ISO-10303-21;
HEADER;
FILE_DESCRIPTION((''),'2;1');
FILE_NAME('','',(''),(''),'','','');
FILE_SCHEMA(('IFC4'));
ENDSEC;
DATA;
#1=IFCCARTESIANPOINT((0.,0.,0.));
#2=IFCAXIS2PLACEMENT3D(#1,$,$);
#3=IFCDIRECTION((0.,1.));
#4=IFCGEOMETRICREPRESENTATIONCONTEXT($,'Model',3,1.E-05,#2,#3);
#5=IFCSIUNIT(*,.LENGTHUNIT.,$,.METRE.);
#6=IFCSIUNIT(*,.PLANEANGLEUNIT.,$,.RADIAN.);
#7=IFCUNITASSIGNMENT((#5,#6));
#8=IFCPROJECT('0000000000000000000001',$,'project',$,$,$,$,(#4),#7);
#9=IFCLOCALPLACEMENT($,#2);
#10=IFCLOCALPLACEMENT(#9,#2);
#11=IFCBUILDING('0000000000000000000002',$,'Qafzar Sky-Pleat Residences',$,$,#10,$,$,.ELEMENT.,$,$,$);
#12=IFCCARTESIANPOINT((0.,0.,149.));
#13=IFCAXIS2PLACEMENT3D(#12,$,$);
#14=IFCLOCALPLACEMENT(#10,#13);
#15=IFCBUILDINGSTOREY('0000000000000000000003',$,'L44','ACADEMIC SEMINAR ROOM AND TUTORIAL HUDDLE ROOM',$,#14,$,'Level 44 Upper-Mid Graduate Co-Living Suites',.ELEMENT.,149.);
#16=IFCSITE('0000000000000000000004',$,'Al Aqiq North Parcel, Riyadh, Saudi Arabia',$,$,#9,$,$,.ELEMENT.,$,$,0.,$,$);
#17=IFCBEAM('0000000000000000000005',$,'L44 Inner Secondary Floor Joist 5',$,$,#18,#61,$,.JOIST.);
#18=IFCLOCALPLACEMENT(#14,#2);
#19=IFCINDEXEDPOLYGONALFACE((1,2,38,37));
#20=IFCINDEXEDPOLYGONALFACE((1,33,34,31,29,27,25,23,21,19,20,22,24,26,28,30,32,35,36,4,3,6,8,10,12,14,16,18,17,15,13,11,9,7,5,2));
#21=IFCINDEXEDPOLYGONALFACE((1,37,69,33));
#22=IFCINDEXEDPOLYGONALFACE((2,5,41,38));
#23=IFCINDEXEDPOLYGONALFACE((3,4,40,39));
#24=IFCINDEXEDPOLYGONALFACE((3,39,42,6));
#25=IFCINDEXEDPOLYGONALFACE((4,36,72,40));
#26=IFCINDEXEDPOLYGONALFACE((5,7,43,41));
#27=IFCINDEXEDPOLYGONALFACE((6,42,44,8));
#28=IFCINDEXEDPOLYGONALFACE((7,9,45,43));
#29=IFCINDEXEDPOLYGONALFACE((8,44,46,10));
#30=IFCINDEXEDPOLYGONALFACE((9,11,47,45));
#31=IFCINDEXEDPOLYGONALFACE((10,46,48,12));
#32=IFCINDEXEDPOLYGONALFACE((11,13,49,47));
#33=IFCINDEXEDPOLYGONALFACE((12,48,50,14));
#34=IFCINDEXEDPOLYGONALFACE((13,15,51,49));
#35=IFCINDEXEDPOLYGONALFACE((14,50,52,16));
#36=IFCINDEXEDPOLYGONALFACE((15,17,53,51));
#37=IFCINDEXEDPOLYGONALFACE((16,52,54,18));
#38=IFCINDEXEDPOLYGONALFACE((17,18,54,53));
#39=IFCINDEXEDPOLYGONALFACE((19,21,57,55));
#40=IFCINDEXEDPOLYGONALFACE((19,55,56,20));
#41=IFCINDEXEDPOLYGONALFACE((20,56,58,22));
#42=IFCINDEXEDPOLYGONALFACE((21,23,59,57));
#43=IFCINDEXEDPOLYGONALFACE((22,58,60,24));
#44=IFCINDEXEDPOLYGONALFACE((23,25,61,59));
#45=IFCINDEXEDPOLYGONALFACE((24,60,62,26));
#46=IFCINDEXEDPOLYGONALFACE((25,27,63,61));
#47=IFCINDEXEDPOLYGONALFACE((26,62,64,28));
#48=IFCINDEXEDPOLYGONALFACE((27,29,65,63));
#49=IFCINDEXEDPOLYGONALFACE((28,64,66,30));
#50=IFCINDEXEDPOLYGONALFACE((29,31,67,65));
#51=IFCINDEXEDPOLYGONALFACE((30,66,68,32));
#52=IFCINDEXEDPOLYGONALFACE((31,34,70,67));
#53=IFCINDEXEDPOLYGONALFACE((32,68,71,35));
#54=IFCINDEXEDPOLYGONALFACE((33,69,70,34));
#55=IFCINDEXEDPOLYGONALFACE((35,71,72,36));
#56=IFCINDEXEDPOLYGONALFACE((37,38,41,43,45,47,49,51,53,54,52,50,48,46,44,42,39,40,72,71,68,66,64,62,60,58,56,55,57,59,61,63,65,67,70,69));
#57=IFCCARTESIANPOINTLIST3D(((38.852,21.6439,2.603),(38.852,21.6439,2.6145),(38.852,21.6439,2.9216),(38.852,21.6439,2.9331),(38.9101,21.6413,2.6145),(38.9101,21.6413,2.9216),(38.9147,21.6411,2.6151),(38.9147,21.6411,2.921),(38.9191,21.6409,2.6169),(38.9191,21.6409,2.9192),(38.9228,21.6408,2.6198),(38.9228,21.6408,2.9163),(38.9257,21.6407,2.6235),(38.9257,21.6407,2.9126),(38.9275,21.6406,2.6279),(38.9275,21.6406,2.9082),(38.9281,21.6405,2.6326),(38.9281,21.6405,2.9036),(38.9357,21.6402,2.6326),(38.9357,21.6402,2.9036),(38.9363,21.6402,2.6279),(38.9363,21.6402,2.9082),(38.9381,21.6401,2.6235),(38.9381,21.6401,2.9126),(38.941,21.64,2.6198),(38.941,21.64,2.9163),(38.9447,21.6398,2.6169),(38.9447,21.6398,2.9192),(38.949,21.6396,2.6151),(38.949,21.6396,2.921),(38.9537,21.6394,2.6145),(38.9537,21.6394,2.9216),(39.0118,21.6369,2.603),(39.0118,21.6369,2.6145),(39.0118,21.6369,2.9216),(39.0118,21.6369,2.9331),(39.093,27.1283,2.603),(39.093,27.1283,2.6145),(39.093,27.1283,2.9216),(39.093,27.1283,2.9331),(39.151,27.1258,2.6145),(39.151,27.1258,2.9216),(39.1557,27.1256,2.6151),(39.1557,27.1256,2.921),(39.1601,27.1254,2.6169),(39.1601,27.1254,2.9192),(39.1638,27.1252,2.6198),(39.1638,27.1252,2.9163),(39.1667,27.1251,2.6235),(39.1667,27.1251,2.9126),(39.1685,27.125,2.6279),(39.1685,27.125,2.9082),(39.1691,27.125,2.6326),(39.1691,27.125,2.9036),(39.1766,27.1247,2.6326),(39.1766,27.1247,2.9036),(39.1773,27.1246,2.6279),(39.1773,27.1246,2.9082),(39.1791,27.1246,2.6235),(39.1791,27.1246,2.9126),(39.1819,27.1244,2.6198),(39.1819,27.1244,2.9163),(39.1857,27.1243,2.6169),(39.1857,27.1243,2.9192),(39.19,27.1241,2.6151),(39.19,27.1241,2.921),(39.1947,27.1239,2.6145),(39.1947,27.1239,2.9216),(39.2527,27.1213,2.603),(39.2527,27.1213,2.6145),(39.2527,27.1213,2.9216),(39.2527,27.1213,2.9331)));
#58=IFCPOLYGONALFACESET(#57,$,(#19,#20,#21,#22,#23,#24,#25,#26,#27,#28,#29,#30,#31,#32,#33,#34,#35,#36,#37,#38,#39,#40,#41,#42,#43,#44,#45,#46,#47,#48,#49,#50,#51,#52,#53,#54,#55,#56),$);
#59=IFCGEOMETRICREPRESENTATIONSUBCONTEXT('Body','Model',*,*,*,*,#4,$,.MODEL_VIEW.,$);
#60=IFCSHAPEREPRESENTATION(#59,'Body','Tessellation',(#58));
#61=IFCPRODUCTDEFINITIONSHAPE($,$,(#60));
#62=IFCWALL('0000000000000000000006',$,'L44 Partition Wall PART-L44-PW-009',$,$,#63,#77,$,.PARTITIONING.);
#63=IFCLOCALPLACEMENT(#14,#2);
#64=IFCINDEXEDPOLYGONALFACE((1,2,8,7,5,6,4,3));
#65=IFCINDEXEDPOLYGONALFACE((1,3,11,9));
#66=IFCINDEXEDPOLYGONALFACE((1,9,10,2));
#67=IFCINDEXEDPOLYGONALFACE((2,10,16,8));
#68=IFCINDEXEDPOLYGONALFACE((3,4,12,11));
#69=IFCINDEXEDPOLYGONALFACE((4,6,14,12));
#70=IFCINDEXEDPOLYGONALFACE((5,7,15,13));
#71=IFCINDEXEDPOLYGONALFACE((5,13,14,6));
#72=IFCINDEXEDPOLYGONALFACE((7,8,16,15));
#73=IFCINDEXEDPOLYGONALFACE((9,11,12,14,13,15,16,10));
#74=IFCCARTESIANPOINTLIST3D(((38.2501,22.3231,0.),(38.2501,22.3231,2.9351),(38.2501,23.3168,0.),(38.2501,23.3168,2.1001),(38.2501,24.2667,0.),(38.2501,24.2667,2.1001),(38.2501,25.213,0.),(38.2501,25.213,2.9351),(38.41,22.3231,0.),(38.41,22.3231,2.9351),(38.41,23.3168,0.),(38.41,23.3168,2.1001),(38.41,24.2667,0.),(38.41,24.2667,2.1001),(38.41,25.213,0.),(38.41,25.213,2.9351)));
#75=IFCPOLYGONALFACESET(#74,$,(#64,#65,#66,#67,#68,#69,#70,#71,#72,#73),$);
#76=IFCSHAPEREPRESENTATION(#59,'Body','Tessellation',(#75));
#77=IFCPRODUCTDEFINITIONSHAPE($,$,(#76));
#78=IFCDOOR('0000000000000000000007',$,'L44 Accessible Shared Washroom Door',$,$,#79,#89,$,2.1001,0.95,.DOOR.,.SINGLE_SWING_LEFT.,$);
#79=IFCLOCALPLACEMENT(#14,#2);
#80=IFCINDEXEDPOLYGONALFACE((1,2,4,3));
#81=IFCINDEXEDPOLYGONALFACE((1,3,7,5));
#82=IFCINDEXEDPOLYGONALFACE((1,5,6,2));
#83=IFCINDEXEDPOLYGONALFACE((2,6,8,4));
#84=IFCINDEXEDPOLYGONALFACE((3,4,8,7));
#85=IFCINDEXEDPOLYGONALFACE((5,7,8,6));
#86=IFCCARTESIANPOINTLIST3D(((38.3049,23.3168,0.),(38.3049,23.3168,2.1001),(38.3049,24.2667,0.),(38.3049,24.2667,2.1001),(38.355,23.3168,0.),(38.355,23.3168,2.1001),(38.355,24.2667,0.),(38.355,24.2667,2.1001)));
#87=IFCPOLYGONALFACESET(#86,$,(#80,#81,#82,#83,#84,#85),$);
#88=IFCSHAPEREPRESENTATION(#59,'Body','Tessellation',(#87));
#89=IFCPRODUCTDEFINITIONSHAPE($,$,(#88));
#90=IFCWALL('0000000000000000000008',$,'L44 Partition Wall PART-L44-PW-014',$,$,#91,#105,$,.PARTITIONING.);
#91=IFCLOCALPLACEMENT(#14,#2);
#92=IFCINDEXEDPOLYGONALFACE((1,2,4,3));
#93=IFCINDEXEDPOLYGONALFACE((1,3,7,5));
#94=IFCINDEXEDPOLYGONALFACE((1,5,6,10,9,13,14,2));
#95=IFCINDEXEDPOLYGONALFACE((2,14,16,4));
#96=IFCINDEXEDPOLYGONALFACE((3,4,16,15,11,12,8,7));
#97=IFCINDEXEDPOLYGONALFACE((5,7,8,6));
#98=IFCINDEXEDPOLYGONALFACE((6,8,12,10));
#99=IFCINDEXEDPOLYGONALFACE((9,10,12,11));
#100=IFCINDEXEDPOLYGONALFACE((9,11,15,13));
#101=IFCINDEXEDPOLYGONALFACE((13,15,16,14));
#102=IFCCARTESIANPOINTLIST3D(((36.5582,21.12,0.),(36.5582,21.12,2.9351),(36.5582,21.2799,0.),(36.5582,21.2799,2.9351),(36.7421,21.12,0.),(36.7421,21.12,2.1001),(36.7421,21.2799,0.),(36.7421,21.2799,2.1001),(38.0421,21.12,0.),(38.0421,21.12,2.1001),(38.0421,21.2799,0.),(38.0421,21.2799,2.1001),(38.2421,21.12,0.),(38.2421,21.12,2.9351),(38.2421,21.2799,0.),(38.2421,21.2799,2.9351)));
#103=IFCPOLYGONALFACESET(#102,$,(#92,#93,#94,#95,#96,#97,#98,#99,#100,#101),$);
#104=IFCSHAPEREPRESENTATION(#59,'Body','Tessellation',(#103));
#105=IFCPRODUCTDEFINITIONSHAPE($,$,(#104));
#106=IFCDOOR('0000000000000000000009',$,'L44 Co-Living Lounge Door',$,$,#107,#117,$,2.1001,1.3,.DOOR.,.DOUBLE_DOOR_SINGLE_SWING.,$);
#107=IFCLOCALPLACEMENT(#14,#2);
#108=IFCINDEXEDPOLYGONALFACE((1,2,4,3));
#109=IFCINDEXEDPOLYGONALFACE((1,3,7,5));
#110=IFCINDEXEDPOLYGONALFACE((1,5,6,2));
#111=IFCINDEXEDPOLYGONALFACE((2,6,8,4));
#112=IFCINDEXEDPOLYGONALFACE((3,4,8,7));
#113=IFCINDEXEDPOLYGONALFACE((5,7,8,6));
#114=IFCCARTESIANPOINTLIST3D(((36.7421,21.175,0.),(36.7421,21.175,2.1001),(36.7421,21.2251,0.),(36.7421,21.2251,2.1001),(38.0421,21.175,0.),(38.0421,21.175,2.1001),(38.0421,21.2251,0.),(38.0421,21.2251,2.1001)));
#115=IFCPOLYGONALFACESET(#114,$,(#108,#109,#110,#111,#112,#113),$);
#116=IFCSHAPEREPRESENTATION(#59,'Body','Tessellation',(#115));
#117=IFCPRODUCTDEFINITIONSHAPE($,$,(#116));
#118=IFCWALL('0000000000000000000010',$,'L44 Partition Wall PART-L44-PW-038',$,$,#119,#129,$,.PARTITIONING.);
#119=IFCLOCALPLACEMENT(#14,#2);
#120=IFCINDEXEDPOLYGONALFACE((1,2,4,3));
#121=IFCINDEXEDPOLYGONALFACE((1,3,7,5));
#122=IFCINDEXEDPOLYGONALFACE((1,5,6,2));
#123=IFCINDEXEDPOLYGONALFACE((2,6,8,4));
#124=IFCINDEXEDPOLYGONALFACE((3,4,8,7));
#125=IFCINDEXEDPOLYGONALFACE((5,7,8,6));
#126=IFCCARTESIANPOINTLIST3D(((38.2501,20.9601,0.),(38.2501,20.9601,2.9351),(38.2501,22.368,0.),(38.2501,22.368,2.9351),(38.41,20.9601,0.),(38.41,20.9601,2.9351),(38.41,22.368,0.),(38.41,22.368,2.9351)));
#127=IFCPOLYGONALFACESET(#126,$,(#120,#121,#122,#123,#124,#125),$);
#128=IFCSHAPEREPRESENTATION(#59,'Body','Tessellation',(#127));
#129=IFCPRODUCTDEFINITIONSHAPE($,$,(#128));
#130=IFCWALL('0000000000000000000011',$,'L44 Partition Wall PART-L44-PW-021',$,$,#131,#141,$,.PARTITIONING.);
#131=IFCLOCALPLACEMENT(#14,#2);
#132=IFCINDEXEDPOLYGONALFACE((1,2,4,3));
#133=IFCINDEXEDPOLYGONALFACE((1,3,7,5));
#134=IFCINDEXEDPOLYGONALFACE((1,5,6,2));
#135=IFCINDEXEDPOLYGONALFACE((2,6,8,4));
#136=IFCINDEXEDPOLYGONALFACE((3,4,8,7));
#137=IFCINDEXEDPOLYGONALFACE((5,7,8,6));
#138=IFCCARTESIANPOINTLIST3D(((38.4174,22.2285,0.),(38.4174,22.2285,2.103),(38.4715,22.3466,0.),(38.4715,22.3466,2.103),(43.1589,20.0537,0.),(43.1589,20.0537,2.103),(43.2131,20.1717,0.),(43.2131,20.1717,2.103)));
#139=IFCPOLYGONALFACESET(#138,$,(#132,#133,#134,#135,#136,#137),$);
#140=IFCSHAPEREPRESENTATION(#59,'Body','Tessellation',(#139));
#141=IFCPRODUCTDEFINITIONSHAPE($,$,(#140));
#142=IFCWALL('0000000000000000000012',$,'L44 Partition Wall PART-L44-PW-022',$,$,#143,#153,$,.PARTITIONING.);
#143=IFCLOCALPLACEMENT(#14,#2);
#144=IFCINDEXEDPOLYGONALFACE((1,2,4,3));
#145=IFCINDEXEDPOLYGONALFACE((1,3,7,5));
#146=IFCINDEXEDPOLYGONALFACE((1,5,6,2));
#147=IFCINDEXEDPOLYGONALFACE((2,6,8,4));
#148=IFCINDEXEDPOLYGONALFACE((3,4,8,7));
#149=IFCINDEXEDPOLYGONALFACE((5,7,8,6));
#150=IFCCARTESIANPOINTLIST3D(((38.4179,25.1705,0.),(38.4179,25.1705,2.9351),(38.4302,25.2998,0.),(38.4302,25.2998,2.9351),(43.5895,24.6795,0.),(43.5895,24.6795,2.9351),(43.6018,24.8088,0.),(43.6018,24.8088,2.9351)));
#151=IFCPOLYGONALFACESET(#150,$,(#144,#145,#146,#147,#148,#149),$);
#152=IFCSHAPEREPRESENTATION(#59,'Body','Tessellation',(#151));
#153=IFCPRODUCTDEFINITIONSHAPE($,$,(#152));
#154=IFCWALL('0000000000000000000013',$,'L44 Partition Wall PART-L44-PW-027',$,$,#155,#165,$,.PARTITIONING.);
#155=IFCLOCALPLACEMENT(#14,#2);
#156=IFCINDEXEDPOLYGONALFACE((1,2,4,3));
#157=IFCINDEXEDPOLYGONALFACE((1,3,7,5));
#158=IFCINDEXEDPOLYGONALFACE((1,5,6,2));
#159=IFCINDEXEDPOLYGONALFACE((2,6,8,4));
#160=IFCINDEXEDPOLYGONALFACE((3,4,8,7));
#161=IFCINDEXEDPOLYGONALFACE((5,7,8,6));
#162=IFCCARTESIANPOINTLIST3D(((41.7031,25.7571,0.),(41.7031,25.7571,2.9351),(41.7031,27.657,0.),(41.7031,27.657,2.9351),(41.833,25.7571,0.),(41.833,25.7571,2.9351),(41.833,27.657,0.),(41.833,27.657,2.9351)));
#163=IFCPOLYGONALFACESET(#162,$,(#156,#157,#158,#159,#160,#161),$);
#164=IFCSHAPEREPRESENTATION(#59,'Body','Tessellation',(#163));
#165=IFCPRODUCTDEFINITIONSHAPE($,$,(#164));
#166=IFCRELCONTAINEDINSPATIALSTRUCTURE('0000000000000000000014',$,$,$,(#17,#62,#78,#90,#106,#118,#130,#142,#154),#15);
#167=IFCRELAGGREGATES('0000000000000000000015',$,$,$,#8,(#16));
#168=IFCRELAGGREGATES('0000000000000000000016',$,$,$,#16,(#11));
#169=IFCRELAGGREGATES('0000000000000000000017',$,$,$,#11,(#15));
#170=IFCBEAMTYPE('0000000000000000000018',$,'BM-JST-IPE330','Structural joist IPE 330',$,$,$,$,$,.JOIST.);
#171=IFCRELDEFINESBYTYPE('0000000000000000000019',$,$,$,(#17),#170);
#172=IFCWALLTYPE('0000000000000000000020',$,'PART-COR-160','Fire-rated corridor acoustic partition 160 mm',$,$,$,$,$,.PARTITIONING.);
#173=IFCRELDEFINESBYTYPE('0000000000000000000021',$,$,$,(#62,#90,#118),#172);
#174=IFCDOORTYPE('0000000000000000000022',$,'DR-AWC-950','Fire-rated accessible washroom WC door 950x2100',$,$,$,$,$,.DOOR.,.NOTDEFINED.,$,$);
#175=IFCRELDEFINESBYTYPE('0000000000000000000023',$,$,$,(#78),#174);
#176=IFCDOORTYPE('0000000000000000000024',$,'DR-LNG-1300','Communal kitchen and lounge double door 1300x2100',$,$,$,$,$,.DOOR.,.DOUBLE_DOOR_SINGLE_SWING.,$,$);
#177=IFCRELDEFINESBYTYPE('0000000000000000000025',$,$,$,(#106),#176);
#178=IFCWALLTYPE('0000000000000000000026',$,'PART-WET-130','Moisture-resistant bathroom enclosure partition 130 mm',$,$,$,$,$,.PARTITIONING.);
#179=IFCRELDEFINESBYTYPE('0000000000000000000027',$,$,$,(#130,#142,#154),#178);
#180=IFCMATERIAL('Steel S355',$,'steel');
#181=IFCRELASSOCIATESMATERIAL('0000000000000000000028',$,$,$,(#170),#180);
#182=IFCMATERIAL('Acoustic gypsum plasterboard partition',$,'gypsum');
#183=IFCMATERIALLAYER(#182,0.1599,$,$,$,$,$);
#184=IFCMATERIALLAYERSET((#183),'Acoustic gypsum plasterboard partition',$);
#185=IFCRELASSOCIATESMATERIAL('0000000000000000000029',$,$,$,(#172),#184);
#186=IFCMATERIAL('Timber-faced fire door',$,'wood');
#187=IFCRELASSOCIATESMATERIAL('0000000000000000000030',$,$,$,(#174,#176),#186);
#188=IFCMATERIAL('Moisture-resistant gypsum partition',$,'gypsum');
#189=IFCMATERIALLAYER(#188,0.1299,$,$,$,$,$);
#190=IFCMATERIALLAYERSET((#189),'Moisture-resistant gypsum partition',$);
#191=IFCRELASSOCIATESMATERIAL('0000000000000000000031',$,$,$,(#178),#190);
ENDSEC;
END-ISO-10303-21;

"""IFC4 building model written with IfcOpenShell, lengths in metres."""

from ifc_helpers import new_model, si_unit, direction, frame, frame_2d, origin, origin_2d, place, context, subcontext, project, spatial, rectangle, i_section, extrude, source, transform, mapped, material, layer, layer_set, material_profile, profile_set, type_object, element, fill, save


model = new_model("IFC4")

# Units and contexts
model_context = context("Model", 3, precision=1e-05, world=origin(), true_north=direction((0.0, 1.0)))
body_context = subcontext(model_context, "Body", "Model", "MODEL_VIEW")
ifc_project = project(units=[si_unit("LENGTHUNIT", "METRE"), si_unit("PLANEANGLEUNIT", "RADIAN")], contexts=[model_context])

# Site, building, storey
site_placement = place(None, origin())
site = spatial("IfcSite", under=ifc_project, at=site_placement, Name="Al Aqiq North Parcel, Riyadh, Saudi Arabia", CompositionType="ELEMENT", RefElevation=0.0)
building_placement = place(site_placement, origin())
building = spatial("IfcBuilding", under=site, at=building_placement, Name="Qafzar Sky-Pleat Residences", CompositionType="ELEMENT")
storey_placement = place(building_placement, frame((0.0, 0.0, 149.0)))
storey = spatial("IfcBuildingStorey", under=building, at=storey_placement, Name="L44", Description="ACADEMIC SEMINAR ROOM AND TUTORIAL HUDDLE ROOM", LongName="Level 44 Upper-Mid Graduate Co-Living Suites", CompositionType="ELEMENT", Elevation=149.0)

# Shared definitions
ifc_material_1 = material(Name="Steel S355", Category="steel")

# Beam
ifc_material_profile_1 = material_profile(ifc_material_1, i_section(OverallWidth=0.1599, OverallDepth=0.3301, WebThickness=0.0076, FlangeThickness=0.0115, FilletRadius=0.0181, at=origin_2d()), Name="IPE 330")
ifc_profile_set_1 = profile_set([ifc_material_profile_1], Name="Steel S355")
beam_type_1 = type_object("IfcBeamType", Name="BM-JST-IPE330", Description="Structural joist IPE 330", PredefinedType="JOIST", material=ifc_profile_set_1)
shared_shape_1 = source(origin(), body_context, "Body", "SweptSolid", [
    extrude(i_section(OverallWidth=0.1599, OverallDepth=0.3301, WebThickness=0.0076, FlangeThickness=0.0115, FilletRadius=0.0181, at=origin_2d()), origin(), (0.0, 0.0, 1.0), 5.4897),
])
beam_1_placement = place(storey_placement, frame((38.9319, 21.6404, 2.7681), z_axis=(0.043895, 0.999036, 0.0), x_axis=(-0.999036, 0.043895, 0.0)))
element("IfcBeam", 1, at=beam_1_placement, inside=storey, type_object=beam_type_1, Name="L44 Inner Secondary Floor Joist 5", PredefinedType="JOIST", context=body_context, shape_type="MappedRepresentation", body=[
    mapped(shared_shape_1, transform((0.0, 0.0, 0.0), x_axis=(1.0, 0.0, 0.0), y_axis=(0.0, 1.0, 0.0), z_axis=(0.0, 0.0, 1.0), scale=1.0)),
])

# Walls, openings, doors
ifc_material_2 = material(Name="Acoustic gypsum plasterboard partition", Category="gypsum")
ifc_layer_1 = layer(ifc_material_2, 0.1599)
ifc_layer_set_1 = layer_set([ifc_layer_1], Name="Acoustic gypsum plasterboard partition")
wall_type_1 = type_object("IfcWallType", Name="PART-COR-160", Description="Fire-rated corridor acoustic partition 160 mm", PredefinedType="PARTITIONING", material=ifc_layer_set_1)
wall_1_placement = place(storey_placement, frame((38.3301, 25.2129, 0.0), z_axis=(0.0, 0.0, 1.0), x_axis=(0.0, -1.0, 0.0)))
wall_1 = element("IfcWall", 2, at=wall_1_placement, inside=storey, type_object=wall_type_1, Name="L44 Partition Wall PART-L44-PW-009", PredefinedType="PARTITIONING", context=body_context, shape_type="SweptSolid", body=[
    extrude(rectangle(XDim=2.8899, YDim=0.1599, at=frame_2d((1.4448, 0.0))), origin(), (0.0, 0.0, 1.0), 2.9351),
])
opening_1_placement = place(wall_1_placement, frame((0.946, 0.0, 0.0)))
opening_1 = element("IfcOpeningElement", 3, at=opening_1_placement, cuts=wall_1, PredefinedType="OPENING", context=body_context, shape_type="SweptSolid", body=[
    extrude(rectangle(XDim=0.95, YDim=2.1001, at=frame_2d((0.4751, 1.05))), frame((0.0, 0.0898, 0.0), z_axis=(0.0, -1.0, 0.0), x_axis=(1.0, 0.0, 0.0)), (0.0, 0.0, 1.0), 0.1799),
])
ifc_material_3 = material(Name="Timber-faced fire door", Category="wood")
door_type_1 = type_object("IfcDoorType", Name="DR-AWC-950", Description="Fire-rated accessible washroom WC door 950x2100", OperationType="NOTDEFINED", PredefinedType="DOOR", material=ifc_material_3)
shared_shape_2 = source(origin(), body_context, "Body", "SweptSolid", [
    extrude(rectangle(XDim=0.95, YDim=2.1001, at=frame_2d((0.4751, 1.05))), frame((0.0, 0.0249, 0.0), z_axis=(0.0, -1.0, 0.0), x_axis=(1.0, 0.0, 0.0)), (0.0, 0.0, 1.0), 0.05),
])
door_1_placement = place(opening_1_placement, origin())
door_1 = element("IfcDoor", 4, at=door_1_placement, inside=storey, type_object=door_type_1, Name="L44 Accessible Shared Washroom Door", OperationType="SINGLE_SWING_LEFT", OverallHeight=2.1001, OverallWidth=0.95, PredefinedType="DOOR", context=body_context, shape_type="MappedRepresentation", body=[
    mapped(shared_shape_2, transform((0.0, 0.0, 0.0), x_axis=(1.0, 0.0, 0.0), y_axis=(0.0, 1.0, 0.0), z_axis=(0.0, 0.0, 1.0), scale=1.0)),
])
fill(opening_1, door_1)
wall_2_placement = place(storey_placement, frame((38.2419, 21.2, 0.0), z_axis=(0.0, 0.0, 1.0), x_axis=(-1.0, 0.0, 0.0)))
wall_2 = element("IfcWall", 5, at=wall_2_placement, inside=storey, type_object=wall_type_1, Name="L44 Partition Wall PART-L44-PW-014", PredefinedType="PARTITIONING", context=body_context, shape_type="SweptSolid", body=[
    extrude(rectangle(XDim=1.6838, YDim=0.1599, at=frame_2d((0.8418, 0.0))), origin(), (0.0, 0.0, 1.0), 2.9351),
])
opening_2_placement = place(wall_2_placement, frame((0.2, 0.0, 0.0)))
opening_2 = element("IfcOpeningElement", 6, at=opening_2_placement, cuts=wall_2, PredefinedType="OPENING", context=body_context, shape_type="SweptSolid", body=[
    extrude(rectangle(XDim=1.3, YDim=2.1001, at=frame_2d((0.6499, 1.05))), frame((0.0, 0.0898, 0.0), z_axis=(0.0, -1.0, 0.0), x_axis=(1.0, 0.0, 0.0)), (0.0, 0.0, 1.0), 0.1799),
])
door_type_2 = type_object("IfcDoorType", Name="DR-LNG-1300", Description="Communal kitchen and lounge double door 1300x2100", OperationType="DOUBLE_DOOR_SINGLE_SWING", PredefinedType="DOOR", material=ifc_material_3)
shared_shape_3 = source(origin(), body_context, "Body", "SweptSolid", [
    extrude(rectangle(XDim=1.3, YDim=2.1001, at=frame_2d((0.6499, 1.05))), frame((0.0, 0.0249, 0.0), z_axis=(0.0, -1.0, 0.0), x_axis=(1.0, 0.0, 0.0)), (0.0, 0.0, 1.0), 0.05),
])
door_2_placement = place(opening_2_placement, origin())
door_2 = element("IfcDoor", 7, at=door_2_placement, inside=storey, type_object=door_type_2, Name="L44 Co-Living Lounge Door", OperationType="DOUBLE_DOOR_SINGLE_SWING", OverallHeight=2.1001, OverallWidth=1.3, PredefinedType="DOOR", context=body_context, shape_type="MappedRepresentation", body=[
    mapped(shared_shape_3, transform((0.0, 0.0, 0.0), x_axis=(1.0, 0.0, 0.0), y_axis=(0.0, 1.0, 0.0), z_axis=(0.0, 0.0, 1.0), scale=1.0)),
])
fill(opening_2, door_2)

# Walls
wall_3_placement = place(storey_placement, frame((38.3301, 20.96, 0.0), z_axis=(0.0, 0.0, 1.0), x_axis=(0.0, 1.0, 0.0)))
element("IfcWall", 8, at=wall_3_placement, inside=storey, type_object=wall_type_1, Name="L44 Partition Wall PART-L44-PW-038", PredefinedType="PARTITIONING", context=body_context, shape_type="SweptSolid", body=[
    extrude(rectangle(XDim=1.408, YDim=0.1599, at=frame_2d((0.7041, 0.0))), origin(), (0.0, 0.0, 1.0), 2.9351),
])
ifc_material_4 = material(Name="Moisture-resistant gypsum partition", Category="gypsum")
ifc_layer_2 = layer(ifc_material_4, 0.1299)
ifc_layer_set_2 = layer_set([ifc_layer_2], Name="Moisture-resistant gypsum partition")
wall_type_2 = type_object("IfcWallType", Name="PART-WET-130", Description="Moisture-resistant bathroom enclosure partition 130 mm", PredefinedType="PARTITIONING", material=ifc_layer_set_2)
wall_4_placement = place(storey_placement, frame((38.4443, 22.2876, 0.0), z_axis=(0.0, 0.0, 1.0), x_axis=(0.908946, -0.416914, 0.0)))
element("IfcWall", 9, at=wall_4_placement, inside=storey, type_object=wall_type_2, Name="L44 Partition Wall PART-L44-PW-021", PredefinedType="PARTITIONING", context=body_context, shape_type="SweptSolid", body=[
    extrude(rectangle(XDim=5.2166, YDim=0.1299, at=frame_2d((2.6084, 0.0))), origin(), (0.0, 0.0, 1.0), 2.103),
])
wall_5_placement = place(storey_placement, frame((38.4241, 25.2351, 0.0), z_axis=(0.0, 0.0, 1.0), x_axis=(0.995524, -0.09451, 0.0)))
element("IfcWall", 10, at=wall_5_placement, inside=storey, type_object=wall_type_2, Name="L44 Partition Wall PART-L44-PW-022", PredefinedType="PARTITIONING", context=body_context, shape_type="SweptSolid", body=[
    extrude(rectangle(XDim=5.1948, YDim=0.1299, at=frame_2d((2.5974, 0.0))), origin(), (0.0, 0.0, 1.0), 2.9351),
])
wall_6_placement = place(storey_placement, frame((41.7681, 25.7571, 0.0), z_axis=(0.0, 0.0, 1.0), x_axis=(0.0, 1.0, 0.0)))
element("IfcWall", 11, at=wall_6_placement, inside=storey, type_object=wall_type_2, Name="L44 Partition Wall PART-L44-PW-027", PredefinedType="PARTITIONING", context=body_context, shape_type="SweptSolid", body=[
    extrude(rectangle(XDim=1.8999, YDim=0.1299, at=frame_2d((0.95, 0.0))), origin(), (0.0, 0.0, 1.0), 2.9351),
])

save(model, "model.ifc")
